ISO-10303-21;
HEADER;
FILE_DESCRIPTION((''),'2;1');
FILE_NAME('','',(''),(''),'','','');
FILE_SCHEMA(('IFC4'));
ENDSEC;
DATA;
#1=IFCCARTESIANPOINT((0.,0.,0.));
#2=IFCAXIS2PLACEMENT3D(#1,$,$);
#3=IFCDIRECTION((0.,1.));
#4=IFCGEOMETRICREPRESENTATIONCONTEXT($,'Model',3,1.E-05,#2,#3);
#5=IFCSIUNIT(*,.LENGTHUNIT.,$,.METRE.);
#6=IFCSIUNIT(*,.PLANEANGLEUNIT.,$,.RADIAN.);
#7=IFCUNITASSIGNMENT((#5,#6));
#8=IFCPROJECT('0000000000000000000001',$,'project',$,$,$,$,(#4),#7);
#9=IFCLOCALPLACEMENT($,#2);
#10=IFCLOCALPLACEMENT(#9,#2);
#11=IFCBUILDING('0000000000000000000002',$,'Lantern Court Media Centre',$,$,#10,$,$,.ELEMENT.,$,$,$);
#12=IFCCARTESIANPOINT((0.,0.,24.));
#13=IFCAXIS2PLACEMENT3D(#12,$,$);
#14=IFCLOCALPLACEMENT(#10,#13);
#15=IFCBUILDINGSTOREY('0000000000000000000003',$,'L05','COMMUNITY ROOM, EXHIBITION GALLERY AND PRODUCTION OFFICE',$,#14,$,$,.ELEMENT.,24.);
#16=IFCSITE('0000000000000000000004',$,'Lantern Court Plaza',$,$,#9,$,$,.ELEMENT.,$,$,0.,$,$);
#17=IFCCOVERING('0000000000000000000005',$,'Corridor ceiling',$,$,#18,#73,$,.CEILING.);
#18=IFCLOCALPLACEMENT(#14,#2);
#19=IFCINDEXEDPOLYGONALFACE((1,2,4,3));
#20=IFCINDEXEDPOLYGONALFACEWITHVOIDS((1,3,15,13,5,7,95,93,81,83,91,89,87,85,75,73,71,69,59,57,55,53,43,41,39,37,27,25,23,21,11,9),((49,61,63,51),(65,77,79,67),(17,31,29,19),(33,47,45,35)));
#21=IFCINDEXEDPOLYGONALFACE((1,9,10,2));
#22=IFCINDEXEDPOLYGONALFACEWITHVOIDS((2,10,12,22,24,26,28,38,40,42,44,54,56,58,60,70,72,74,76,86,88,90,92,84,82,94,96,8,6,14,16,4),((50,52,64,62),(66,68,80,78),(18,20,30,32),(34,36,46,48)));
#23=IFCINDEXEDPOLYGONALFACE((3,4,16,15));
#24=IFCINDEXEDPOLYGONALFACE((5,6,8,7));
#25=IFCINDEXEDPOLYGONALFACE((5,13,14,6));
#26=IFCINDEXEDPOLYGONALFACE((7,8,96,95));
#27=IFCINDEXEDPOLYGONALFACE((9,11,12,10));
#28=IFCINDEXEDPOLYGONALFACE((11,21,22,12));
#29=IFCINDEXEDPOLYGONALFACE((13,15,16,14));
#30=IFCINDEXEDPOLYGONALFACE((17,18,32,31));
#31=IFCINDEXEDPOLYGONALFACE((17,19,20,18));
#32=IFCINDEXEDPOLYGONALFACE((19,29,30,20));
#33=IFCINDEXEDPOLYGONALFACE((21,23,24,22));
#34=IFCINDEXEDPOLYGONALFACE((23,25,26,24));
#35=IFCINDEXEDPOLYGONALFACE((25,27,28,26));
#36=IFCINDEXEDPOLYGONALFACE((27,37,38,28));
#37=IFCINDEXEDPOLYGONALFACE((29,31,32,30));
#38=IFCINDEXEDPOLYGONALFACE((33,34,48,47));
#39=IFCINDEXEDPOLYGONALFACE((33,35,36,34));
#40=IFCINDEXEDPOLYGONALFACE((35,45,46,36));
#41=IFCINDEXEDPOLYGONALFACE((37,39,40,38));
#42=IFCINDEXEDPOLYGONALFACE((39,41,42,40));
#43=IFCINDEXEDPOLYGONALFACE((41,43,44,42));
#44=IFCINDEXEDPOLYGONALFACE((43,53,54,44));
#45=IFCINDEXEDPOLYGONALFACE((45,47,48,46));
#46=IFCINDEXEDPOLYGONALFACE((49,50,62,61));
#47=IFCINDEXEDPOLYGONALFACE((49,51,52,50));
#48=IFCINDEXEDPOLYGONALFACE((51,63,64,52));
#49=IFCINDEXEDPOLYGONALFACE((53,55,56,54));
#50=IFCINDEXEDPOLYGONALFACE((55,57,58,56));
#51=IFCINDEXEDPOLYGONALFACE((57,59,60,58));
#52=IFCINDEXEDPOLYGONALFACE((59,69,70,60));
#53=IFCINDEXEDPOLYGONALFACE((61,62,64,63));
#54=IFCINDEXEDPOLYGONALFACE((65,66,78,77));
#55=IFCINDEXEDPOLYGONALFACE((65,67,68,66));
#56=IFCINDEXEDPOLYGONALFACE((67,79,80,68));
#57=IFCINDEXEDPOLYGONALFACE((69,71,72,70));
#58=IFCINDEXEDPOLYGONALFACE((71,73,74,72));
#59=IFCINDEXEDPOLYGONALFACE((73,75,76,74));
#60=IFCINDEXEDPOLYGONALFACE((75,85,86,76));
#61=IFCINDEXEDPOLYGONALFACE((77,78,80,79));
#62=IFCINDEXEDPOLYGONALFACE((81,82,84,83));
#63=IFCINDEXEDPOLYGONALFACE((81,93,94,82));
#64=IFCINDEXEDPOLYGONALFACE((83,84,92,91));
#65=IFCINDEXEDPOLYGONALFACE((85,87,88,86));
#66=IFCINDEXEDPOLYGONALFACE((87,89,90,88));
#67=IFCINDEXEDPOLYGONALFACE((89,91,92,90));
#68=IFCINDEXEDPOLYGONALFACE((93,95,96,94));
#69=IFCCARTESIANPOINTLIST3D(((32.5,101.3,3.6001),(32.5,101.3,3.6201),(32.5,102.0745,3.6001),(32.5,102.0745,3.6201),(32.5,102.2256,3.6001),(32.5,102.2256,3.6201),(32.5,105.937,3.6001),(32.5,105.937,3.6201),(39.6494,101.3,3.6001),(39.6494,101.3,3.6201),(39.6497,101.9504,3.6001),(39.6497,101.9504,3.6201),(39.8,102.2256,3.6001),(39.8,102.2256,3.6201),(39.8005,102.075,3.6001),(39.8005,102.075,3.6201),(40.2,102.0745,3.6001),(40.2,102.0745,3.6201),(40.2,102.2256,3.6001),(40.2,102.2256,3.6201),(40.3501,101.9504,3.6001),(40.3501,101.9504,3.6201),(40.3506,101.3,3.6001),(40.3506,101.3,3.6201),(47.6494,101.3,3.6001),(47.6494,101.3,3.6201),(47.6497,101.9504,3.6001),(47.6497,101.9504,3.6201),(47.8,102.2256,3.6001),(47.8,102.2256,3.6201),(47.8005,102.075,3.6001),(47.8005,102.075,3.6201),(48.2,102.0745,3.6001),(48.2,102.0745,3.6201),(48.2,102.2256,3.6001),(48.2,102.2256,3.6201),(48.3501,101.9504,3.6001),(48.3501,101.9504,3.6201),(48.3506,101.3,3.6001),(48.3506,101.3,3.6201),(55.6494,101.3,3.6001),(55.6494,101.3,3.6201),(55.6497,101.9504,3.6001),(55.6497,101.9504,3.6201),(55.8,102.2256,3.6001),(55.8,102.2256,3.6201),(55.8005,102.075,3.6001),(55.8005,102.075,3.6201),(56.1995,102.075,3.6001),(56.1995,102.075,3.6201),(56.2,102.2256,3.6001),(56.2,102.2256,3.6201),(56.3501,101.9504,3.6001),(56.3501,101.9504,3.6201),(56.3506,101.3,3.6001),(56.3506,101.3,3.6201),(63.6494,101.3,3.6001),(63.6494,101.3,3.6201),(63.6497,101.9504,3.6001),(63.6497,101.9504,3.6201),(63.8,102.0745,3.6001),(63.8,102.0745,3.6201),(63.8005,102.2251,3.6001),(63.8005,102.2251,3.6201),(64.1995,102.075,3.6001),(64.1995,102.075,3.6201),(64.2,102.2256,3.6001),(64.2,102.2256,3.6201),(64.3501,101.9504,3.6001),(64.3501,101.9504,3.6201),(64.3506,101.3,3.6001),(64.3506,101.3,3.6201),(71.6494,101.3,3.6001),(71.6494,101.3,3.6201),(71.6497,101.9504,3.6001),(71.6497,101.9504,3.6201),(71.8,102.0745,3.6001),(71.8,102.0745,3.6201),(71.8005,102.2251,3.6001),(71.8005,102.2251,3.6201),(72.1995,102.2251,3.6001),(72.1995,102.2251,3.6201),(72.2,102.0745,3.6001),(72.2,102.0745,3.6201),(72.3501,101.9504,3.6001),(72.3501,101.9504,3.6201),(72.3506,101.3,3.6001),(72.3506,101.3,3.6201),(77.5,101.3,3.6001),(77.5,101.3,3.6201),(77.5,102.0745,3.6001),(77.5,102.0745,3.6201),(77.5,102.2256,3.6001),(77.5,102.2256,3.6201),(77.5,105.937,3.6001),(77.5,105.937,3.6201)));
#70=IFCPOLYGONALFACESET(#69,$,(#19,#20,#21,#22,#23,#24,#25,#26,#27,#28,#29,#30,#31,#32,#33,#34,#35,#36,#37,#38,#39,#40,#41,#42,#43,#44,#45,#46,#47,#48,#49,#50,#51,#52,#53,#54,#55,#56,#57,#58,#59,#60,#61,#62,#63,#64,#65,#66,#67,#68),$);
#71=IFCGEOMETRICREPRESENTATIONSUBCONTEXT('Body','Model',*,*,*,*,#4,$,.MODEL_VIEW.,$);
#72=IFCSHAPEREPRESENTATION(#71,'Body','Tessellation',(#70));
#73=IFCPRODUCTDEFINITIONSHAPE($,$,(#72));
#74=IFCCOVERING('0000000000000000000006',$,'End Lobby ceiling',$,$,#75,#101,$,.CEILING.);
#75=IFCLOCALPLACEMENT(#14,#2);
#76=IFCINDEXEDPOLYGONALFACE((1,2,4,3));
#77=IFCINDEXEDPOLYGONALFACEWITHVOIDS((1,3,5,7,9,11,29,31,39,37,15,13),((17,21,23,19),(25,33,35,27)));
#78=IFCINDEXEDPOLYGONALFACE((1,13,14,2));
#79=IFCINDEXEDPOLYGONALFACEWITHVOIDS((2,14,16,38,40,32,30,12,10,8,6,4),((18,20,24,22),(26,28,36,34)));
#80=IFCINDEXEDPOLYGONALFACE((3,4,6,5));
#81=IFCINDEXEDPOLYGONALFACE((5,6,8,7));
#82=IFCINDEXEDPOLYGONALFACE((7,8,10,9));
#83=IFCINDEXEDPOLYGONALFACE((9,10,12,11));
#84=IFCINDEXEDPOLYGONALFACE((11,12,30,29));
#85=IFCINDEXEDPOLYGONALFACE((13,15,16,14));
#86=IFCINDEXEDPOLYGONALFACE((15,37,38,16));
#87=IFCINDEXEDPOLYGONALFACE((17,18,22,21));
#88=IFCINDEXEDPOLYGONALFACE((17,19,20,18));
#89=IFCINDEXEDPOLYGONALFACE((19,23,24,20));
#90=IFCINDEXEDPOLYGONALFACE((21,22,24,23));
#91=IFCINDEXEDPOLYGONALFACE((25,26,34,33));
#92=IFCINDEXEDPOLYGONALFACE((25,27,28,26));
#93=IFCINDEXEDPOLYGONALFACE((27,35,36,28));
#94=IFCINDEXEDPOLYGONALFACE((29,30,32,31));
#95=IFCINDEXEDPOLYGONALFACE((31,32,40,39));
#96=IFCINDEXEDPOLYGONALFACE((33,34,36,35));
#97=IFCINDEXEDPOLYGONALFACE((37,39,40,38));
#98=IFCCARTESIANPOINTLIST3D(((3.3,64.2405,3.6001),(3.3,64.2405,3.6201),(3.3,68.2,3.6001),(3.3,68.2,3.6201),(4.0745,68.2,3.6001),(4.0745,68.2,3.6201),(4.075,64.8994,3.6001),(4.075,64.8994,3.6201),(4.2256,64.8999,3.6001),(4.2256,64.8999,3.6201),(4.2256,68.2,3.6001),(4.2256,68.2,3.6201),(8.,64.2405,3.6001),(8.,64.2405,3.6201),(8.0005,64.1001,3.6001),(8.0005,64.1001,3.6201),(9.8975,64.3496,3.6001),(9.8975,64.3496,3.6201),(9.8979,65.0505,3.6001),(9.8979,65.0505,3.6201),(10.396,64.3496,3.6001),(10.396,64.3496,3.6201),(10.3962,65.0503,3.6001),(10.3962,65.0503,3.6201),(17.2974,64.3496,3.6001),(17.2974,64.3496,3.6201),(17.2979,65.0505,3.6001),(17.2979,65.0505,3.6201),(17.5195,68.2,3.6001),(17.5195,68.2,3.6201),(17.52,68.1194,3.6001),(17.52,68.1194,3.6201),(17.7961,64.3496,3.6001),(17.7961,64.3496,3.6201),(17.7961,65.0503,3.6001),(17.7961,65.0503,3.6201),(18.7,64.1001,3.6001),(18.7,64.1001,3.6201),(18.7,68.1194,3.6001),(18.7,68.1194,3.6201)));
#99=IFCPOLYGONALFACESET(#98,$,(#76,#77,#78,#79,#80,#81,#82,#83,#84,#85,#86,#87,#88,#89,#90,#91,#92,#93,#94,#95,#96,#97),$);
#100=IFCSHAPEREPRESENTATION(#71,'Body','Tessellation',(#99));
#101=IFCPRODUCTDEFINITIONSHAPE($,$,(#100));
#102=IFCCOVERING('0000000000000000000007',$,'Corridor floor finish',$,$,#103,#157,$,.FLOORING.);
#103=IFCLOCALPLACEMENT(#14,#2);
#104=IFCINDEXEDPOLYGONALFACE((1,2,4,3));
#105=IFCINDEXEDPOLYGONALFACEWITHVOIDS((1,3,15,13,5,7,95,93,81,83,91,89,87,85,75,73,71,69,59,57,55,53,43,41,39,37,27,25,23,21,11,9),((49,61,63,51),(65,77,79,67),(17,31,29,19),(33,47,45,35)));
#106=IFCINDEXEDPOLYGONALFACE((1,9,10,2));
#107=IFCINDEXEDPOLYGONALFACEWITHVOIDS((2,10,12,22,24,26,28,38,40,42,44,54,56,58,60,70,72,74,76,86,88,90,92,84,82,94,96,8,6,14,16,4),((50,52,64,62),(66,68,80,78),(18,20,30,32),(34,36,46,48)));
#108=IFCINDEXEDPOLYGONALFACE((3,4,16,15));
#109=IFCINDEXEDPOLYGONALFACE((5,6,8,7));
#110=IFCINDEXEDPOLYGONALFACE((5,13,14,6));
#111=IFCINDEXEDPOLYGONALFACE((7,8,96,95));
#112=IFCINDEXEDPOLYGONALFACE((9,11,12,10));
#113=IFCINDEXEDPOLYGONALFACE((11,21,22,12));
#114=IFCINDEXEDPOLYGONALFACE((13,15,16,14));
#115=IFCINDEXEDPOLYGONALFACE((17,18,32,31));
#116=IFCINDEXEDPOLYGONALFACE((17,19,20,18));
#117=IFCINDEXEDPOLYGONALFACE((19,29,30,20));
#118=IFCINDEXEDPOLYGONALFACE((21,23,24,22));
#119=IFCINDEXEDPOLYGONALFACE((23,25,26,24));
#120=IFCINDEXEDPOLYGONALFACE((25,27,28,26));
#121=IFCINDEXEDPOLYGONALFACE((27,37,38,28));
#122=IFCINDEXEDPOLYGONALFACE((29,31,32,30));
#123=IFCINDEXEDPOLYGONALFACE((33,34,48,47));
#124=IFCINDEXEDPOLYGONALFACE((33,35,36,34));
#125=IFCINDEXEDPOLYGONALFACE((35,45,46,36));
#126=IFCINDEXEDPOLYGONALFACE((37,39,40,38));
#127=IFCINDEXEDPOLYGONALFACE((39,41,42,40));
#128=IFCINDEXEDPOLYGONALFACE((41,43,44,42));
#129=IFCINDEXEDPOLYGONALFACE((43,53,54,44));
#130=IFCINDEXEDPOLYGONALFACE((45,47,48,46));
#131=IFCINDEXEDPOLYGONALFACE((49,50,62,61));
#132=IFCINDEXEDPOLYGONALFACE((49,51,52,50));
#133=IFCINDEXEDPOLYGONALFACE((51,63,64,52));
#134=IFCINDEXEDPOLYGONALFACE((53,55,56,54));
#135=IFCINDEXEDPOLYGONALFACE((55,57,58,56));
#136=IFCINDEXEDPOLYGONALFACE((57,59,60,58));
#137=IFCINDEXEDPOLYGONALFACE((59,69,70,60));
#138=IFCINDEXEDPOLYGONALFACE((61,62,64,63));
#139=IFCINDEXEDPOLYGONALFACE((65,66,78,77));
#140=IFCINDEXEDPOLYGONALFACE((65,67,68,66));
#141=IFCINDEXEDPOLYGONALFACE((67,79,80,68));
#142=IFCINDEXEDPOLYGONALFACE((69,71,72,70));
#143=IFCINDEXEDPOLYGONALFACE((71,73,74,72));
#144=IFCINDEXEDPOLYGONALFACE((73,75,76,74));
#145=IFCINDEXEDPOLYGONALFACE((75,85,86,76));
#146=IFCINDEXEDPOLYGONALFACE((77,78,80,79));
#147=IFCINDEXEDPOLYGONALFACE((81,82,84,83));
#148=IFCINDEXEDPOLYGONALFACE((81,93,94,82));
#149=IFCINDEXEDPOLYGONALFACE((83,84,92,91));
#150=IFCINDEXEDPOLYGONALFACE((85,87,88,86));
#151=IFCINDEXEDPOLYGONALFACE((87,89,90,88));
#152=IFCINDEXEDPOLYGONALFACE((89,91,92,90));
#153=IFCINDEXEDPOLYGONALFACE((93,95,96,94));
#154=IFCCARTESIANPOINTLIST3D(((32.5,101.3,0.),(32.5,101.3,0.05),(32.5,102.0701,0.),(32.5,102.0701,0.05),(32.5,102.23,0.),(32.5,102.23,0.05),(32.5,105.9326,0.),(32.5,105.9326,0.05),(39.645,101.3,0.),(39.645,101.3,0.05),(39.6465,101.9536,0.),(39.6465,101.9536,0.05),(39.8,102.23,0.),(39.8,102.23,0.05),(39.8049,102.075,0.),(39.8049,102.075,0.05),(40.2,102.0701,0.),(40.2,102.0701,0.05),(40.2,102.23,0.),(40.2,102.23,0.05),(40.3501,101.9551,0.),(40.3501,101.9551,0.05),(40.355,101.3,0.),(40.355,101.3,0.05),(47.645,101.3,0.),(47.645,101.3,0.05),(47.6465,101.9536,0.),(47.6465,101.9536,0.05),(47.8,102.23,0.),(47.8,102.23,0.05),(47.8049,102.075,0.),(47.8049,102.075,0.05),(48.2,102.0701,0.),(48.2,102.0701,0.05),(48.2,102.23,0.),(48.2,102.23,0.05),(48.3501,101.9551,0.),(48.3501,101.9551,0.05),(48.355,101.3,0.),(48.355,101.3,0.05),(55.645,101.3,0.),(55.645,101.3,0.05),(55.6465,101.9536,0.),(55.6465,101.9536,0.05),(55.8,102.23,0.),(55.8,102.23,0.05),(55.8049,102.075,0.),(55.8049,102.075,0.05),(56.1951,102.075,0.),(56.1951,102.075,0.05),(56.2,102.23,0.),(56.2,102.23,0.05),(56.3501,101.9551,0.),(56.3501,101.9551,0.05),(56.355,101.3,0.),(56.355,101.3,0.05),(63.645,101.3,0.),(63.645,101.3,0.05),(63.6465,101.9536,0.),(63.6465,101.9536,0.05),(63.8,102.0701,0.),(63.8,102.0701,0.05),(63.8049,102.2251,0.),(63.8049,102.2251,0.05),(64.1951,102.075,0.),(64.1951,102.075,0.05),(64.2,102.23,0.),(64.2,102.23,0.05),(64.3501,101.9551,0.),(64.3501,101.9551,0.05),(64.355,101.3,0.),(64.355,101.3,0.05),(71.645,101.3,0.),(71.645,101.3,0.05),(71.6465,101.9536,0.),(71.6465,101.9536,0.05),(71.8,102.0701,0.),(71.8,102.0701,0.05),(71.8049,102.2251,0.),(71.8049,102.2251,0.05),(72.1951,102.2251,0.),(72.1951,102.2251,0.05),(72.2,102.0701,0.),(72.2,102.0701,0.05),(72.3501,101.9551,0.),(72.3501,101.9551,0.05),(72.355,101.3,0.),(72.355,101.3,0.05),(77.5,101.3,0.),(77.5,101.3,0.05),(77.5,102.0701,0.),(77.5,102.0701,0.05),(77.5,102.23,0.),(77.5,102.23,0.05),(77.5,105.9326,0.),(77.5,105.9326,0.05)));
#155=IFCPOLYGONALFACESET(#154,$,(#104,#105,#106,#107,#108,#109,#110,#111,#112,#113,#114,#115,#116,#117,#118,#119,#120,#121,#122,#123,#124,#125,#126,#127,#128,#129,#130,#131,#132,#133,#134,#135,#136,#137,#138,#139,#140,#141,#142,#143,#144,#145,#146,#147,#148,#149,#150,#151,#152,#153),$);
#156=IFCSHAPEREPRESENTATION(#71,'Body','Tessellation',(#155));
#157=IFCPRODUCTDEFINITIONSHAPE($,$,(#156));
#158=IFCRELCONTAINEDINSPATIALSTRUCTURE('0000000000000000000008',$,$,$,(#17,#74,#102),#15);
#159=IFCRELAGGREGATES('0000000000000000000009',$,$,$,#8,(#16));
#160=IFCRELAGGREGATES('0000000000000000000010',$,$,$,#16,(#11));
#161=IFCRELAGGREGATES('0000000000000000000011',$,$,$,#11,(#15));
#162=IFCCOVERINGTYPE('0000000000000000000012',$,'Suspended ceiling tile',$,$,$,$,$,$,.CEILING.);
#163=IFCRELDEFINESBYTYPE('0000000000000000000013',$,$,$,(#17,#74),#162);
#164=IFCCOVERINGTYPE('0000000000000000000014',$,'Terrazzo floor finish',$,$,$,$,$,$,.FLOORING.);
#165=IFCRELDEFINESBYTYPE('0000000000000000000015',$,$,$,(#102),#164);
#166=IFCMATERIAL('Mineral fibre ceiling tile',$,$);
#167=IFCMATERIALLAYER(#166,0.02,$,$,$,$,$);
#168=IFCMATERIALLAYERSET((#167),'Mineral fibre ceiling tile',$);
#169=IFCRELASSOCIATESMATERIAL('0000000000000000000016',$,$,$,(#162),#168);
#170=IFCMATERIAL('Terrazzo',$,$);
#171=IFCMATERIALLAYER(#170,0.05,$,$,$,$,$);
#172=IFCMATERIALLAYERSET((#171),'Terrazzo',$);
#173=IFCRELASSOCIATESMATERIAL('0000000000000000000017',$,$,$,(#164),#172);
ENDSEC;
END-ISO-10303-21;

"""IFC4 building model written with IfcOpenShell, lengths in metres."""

from ifc_helpers import new_model, si_unit, direction, frame, origin, place, context, subcontext, project, spatial, polyline, outline, extrude, material, layer, layer_set, type_object, element, save


model = new_model("IFC4")

# Units and contexts
model_context = context("Model", 3, precision=1e-05, world=origin(), true_north=direction((0.0, 1.0)))
body_context = subcontext(model_context, "Body", "Model", "MODEL_VIEW")
ifc_project = project(units=[si_unit("LENGTHUNIT", "METRE"), si_unit("PLANEANGLEUNIT", "RADIAN")], contexts=[model_context])

# Site, building, storey
site_placement = place(None, origin())
site = spatial("IfcSite", under=ifc_project, at=site_placement, Name="Lantern Court Plaza", CompositionType="ELEMENT", RefElevation=0.0)
building_placement = place(site_placement, origin())
building = spatial("IfcBuilding", under=site, at=building_placement, Name="Lantern Court Media Centre", CompositionType="ELEMENT")
storey_placement = place(building_placement, frame((0.0, 0.0, 24.0)))
storey = spatial("IfcBuildingStorey", under=building, at=storey_placement, Name="L05", Description="COMMUNITY ROOM, EXHIBITION GALLERY AND PRODUCTION OFFICE", CompositionType="ELEMENT", Elevation=24.0)

# Coverings
ifc_material_1 = material(Name="Mineral fibre ceiling tile")
ifc_layer_1 = layer(ifc_material_1, 0.02)
ifc_layer_set_1 = layer_set([ifc_layer_1], Name="Mineral fibre ceiling tile")
covering_type_1 = type_object("IfcCoveringType", Name="Suspended ceiling tile", PredefinedType="CEILING", material=ifc_layer_set_1)
covering_1_placement = place(storey_placement, frame((0.0, 0.0, 3.6001)))
element("IfcCovering", 1, at=covering_1_placement, inside=storey, type_object=covering_type_1, Name="Corridor ceiling", PredefinedType="CEILING", context=body_context, shape_type="SweptSolid", body=[
    extrude(outline(polyline([(77.5, 101.3), (72.3506, 101.3), (72.3501, 101.9504), (71.6497, 101.9504), (71.6494, 101.3), (64.3506, 101.3), (64.3501, 101.9504), (63.6497, 101.9504), (63.6494, 101.3), (56.3506, 101.3), (56.3501, 101.9504), (55.6497, 101.9504), (55.6494, 101.3), (48.3506, 101.3), (48.3501, 101.9504), (47.6497, 101.9504), (47.6494, 101.3), (40.3506, 101.3), (40.3501, 101.9504), (39.6497, 101.9504), (39.6494, 101.3), (32.5, 101.3), (32.5, 102.0745), (39.8005, 102.075), (39.8, 102.2256), (32.5, 102.2256), (32.5, 105.937), (77.5, 105.937), (77.5, 102.2256), (72.1995, 102.2251), (72.2, 102.0745), (77.5, 102.0745), (77.5, 101.3)]), holes=[polyline([(64.1995, 102.075), (71.8, 102.0745), (71.8005, 102.2251), (64.2, 102.2256), (64.1995, 102.075)]), polyline([(56.1995, 102.075), (63.8, 102.0745), (63.8005, 102.2251), (56.2, 102.2256), (56.1995, 102.075)]), polyline([(48.2, 102.2256), (48.2, 102.0745), (55.8005, 102.075), (55.8, 102.2256), (48.2, 102.2256)]), polyline([(40.2, 102.2256), (40.2, 102.0745), (47.8005, 102.075), (47.8, 102.2256), (40.2, 102.2256)])]), origin(), (0.0, 0.0, 1.0), 0.02),
])
covering_2_placement = place(storey_placement, frame((0.0, 0.0, 3.6001)))
element("IfcCovering", 2, at=covering_2_placement, inside=storey, type_object=covering_type_1, Name="End Lobby ceiling", PredefinedType="CEILING", context=body_context, shape_type="SweptSolid", body=[
    extrude(outline(polyline([(18.7, 64.1001), (8.0005, 64.1001), (8.0, 64.2405), (3.3, 64.2405), (3.3, 68.2), (4.0745, 68.2), (4.075, 64.8994), (4.2256, 64.8999), (4.2256, 68.2), (17.5195, 68.2), (17.52, 68.1194), (18.7, 68.1194), (18.7, 64.1001)]), holes=[polyline([(17.2979, 65.0505), (17.2974, 64.3496), (17.7961, 64.3496), (17.7961, 65.0503), (17.2979, 65.0505)]), polyline([(9.8979, 65.0505), (9.8975, 64.3496), (10.396, 64.3496), (10.3962, 65.0503), (9.8979, 65.0505)])]), origin(), (0.0, 0.0, 1.0), 0.02),
])
ifc_material_2 = material(Name="Terrazzo")
ifc_layer_2 = layer(ifc_material_2, 0.05)
ifc_layer_set_2 = layer_set([ifc_layer_2], Name="Terrazzo")
covering_type_2 = type_object("IfcCoveringType", Name="Terrazzo floor finish", PredefinedType="FLOORING", material=ifc_layer_set_2)
covering_3_placement = place(storey_placement, origin())
element("IfcCovering", 3, at=covering_3_placement, inside=storey, type_object=covering_type_2, Name="Corridor floor finish", PredefinedType="FLOORING", context=body_context, shape_type="SweptSolid", body=[
    extrude(outline(polyline([(77.5, 101.3), (72.355, 101.3), (72.3501, 101.9551), (71.6465, 101.9536), (71.645, 101.3), (64.355, 101.3), (64.3501, 101.9551), (63.6465, 101.9536), (63.645, 101.3), (56.355, 101.3), (56.3501, 101.9551), (55.6465, 101.9536), (55.645, 101.3), (48.355, 101.3), (48.3501, 101.9551), (47.6465, 101.9536), (47.645, 101.3), (40.355, 101.3), (40.3501, 101.9551), (39.6465, 101.9536), (39.645, 101.3), (32.5, 101.3), (32.5, 102.0701), (39.8049, 102.075), (39.8, 102.23), (32.5, 102.23), (32.5, 105.9326), (77.5, 105.9326), (77.5, 102.23), (72.1951, 102.2251), (72.2, 102.0701), (77.5, 102.0701), (77.5, 101.3)]), holes=[polyline([(64.1951, 102.075), (71.8, 102.0701), (71.8049, 102.2251), (64.2, 102.23), (64.1951, 102.075)]), polyline([(56.1951, 102.075), (63.8, 102.0701), (63.8049, 102.2251), (56.2, 102.23), (56.1951, 102.075)]), polyline([(48.2, 102.23), (48.2, 102.0701), (55.8049, 102.075), (55.8, 102.23), (48.2, 102.23)]), polyline([(40.2, 102.23), (40.2, 102.0701), (47.8049, 102.075), (47.8, 102.23), (40.2, 102.23)])]), origin(), (0.0, 0.0, 1.0), 0.05),
])

save(model, "model.ifc")
